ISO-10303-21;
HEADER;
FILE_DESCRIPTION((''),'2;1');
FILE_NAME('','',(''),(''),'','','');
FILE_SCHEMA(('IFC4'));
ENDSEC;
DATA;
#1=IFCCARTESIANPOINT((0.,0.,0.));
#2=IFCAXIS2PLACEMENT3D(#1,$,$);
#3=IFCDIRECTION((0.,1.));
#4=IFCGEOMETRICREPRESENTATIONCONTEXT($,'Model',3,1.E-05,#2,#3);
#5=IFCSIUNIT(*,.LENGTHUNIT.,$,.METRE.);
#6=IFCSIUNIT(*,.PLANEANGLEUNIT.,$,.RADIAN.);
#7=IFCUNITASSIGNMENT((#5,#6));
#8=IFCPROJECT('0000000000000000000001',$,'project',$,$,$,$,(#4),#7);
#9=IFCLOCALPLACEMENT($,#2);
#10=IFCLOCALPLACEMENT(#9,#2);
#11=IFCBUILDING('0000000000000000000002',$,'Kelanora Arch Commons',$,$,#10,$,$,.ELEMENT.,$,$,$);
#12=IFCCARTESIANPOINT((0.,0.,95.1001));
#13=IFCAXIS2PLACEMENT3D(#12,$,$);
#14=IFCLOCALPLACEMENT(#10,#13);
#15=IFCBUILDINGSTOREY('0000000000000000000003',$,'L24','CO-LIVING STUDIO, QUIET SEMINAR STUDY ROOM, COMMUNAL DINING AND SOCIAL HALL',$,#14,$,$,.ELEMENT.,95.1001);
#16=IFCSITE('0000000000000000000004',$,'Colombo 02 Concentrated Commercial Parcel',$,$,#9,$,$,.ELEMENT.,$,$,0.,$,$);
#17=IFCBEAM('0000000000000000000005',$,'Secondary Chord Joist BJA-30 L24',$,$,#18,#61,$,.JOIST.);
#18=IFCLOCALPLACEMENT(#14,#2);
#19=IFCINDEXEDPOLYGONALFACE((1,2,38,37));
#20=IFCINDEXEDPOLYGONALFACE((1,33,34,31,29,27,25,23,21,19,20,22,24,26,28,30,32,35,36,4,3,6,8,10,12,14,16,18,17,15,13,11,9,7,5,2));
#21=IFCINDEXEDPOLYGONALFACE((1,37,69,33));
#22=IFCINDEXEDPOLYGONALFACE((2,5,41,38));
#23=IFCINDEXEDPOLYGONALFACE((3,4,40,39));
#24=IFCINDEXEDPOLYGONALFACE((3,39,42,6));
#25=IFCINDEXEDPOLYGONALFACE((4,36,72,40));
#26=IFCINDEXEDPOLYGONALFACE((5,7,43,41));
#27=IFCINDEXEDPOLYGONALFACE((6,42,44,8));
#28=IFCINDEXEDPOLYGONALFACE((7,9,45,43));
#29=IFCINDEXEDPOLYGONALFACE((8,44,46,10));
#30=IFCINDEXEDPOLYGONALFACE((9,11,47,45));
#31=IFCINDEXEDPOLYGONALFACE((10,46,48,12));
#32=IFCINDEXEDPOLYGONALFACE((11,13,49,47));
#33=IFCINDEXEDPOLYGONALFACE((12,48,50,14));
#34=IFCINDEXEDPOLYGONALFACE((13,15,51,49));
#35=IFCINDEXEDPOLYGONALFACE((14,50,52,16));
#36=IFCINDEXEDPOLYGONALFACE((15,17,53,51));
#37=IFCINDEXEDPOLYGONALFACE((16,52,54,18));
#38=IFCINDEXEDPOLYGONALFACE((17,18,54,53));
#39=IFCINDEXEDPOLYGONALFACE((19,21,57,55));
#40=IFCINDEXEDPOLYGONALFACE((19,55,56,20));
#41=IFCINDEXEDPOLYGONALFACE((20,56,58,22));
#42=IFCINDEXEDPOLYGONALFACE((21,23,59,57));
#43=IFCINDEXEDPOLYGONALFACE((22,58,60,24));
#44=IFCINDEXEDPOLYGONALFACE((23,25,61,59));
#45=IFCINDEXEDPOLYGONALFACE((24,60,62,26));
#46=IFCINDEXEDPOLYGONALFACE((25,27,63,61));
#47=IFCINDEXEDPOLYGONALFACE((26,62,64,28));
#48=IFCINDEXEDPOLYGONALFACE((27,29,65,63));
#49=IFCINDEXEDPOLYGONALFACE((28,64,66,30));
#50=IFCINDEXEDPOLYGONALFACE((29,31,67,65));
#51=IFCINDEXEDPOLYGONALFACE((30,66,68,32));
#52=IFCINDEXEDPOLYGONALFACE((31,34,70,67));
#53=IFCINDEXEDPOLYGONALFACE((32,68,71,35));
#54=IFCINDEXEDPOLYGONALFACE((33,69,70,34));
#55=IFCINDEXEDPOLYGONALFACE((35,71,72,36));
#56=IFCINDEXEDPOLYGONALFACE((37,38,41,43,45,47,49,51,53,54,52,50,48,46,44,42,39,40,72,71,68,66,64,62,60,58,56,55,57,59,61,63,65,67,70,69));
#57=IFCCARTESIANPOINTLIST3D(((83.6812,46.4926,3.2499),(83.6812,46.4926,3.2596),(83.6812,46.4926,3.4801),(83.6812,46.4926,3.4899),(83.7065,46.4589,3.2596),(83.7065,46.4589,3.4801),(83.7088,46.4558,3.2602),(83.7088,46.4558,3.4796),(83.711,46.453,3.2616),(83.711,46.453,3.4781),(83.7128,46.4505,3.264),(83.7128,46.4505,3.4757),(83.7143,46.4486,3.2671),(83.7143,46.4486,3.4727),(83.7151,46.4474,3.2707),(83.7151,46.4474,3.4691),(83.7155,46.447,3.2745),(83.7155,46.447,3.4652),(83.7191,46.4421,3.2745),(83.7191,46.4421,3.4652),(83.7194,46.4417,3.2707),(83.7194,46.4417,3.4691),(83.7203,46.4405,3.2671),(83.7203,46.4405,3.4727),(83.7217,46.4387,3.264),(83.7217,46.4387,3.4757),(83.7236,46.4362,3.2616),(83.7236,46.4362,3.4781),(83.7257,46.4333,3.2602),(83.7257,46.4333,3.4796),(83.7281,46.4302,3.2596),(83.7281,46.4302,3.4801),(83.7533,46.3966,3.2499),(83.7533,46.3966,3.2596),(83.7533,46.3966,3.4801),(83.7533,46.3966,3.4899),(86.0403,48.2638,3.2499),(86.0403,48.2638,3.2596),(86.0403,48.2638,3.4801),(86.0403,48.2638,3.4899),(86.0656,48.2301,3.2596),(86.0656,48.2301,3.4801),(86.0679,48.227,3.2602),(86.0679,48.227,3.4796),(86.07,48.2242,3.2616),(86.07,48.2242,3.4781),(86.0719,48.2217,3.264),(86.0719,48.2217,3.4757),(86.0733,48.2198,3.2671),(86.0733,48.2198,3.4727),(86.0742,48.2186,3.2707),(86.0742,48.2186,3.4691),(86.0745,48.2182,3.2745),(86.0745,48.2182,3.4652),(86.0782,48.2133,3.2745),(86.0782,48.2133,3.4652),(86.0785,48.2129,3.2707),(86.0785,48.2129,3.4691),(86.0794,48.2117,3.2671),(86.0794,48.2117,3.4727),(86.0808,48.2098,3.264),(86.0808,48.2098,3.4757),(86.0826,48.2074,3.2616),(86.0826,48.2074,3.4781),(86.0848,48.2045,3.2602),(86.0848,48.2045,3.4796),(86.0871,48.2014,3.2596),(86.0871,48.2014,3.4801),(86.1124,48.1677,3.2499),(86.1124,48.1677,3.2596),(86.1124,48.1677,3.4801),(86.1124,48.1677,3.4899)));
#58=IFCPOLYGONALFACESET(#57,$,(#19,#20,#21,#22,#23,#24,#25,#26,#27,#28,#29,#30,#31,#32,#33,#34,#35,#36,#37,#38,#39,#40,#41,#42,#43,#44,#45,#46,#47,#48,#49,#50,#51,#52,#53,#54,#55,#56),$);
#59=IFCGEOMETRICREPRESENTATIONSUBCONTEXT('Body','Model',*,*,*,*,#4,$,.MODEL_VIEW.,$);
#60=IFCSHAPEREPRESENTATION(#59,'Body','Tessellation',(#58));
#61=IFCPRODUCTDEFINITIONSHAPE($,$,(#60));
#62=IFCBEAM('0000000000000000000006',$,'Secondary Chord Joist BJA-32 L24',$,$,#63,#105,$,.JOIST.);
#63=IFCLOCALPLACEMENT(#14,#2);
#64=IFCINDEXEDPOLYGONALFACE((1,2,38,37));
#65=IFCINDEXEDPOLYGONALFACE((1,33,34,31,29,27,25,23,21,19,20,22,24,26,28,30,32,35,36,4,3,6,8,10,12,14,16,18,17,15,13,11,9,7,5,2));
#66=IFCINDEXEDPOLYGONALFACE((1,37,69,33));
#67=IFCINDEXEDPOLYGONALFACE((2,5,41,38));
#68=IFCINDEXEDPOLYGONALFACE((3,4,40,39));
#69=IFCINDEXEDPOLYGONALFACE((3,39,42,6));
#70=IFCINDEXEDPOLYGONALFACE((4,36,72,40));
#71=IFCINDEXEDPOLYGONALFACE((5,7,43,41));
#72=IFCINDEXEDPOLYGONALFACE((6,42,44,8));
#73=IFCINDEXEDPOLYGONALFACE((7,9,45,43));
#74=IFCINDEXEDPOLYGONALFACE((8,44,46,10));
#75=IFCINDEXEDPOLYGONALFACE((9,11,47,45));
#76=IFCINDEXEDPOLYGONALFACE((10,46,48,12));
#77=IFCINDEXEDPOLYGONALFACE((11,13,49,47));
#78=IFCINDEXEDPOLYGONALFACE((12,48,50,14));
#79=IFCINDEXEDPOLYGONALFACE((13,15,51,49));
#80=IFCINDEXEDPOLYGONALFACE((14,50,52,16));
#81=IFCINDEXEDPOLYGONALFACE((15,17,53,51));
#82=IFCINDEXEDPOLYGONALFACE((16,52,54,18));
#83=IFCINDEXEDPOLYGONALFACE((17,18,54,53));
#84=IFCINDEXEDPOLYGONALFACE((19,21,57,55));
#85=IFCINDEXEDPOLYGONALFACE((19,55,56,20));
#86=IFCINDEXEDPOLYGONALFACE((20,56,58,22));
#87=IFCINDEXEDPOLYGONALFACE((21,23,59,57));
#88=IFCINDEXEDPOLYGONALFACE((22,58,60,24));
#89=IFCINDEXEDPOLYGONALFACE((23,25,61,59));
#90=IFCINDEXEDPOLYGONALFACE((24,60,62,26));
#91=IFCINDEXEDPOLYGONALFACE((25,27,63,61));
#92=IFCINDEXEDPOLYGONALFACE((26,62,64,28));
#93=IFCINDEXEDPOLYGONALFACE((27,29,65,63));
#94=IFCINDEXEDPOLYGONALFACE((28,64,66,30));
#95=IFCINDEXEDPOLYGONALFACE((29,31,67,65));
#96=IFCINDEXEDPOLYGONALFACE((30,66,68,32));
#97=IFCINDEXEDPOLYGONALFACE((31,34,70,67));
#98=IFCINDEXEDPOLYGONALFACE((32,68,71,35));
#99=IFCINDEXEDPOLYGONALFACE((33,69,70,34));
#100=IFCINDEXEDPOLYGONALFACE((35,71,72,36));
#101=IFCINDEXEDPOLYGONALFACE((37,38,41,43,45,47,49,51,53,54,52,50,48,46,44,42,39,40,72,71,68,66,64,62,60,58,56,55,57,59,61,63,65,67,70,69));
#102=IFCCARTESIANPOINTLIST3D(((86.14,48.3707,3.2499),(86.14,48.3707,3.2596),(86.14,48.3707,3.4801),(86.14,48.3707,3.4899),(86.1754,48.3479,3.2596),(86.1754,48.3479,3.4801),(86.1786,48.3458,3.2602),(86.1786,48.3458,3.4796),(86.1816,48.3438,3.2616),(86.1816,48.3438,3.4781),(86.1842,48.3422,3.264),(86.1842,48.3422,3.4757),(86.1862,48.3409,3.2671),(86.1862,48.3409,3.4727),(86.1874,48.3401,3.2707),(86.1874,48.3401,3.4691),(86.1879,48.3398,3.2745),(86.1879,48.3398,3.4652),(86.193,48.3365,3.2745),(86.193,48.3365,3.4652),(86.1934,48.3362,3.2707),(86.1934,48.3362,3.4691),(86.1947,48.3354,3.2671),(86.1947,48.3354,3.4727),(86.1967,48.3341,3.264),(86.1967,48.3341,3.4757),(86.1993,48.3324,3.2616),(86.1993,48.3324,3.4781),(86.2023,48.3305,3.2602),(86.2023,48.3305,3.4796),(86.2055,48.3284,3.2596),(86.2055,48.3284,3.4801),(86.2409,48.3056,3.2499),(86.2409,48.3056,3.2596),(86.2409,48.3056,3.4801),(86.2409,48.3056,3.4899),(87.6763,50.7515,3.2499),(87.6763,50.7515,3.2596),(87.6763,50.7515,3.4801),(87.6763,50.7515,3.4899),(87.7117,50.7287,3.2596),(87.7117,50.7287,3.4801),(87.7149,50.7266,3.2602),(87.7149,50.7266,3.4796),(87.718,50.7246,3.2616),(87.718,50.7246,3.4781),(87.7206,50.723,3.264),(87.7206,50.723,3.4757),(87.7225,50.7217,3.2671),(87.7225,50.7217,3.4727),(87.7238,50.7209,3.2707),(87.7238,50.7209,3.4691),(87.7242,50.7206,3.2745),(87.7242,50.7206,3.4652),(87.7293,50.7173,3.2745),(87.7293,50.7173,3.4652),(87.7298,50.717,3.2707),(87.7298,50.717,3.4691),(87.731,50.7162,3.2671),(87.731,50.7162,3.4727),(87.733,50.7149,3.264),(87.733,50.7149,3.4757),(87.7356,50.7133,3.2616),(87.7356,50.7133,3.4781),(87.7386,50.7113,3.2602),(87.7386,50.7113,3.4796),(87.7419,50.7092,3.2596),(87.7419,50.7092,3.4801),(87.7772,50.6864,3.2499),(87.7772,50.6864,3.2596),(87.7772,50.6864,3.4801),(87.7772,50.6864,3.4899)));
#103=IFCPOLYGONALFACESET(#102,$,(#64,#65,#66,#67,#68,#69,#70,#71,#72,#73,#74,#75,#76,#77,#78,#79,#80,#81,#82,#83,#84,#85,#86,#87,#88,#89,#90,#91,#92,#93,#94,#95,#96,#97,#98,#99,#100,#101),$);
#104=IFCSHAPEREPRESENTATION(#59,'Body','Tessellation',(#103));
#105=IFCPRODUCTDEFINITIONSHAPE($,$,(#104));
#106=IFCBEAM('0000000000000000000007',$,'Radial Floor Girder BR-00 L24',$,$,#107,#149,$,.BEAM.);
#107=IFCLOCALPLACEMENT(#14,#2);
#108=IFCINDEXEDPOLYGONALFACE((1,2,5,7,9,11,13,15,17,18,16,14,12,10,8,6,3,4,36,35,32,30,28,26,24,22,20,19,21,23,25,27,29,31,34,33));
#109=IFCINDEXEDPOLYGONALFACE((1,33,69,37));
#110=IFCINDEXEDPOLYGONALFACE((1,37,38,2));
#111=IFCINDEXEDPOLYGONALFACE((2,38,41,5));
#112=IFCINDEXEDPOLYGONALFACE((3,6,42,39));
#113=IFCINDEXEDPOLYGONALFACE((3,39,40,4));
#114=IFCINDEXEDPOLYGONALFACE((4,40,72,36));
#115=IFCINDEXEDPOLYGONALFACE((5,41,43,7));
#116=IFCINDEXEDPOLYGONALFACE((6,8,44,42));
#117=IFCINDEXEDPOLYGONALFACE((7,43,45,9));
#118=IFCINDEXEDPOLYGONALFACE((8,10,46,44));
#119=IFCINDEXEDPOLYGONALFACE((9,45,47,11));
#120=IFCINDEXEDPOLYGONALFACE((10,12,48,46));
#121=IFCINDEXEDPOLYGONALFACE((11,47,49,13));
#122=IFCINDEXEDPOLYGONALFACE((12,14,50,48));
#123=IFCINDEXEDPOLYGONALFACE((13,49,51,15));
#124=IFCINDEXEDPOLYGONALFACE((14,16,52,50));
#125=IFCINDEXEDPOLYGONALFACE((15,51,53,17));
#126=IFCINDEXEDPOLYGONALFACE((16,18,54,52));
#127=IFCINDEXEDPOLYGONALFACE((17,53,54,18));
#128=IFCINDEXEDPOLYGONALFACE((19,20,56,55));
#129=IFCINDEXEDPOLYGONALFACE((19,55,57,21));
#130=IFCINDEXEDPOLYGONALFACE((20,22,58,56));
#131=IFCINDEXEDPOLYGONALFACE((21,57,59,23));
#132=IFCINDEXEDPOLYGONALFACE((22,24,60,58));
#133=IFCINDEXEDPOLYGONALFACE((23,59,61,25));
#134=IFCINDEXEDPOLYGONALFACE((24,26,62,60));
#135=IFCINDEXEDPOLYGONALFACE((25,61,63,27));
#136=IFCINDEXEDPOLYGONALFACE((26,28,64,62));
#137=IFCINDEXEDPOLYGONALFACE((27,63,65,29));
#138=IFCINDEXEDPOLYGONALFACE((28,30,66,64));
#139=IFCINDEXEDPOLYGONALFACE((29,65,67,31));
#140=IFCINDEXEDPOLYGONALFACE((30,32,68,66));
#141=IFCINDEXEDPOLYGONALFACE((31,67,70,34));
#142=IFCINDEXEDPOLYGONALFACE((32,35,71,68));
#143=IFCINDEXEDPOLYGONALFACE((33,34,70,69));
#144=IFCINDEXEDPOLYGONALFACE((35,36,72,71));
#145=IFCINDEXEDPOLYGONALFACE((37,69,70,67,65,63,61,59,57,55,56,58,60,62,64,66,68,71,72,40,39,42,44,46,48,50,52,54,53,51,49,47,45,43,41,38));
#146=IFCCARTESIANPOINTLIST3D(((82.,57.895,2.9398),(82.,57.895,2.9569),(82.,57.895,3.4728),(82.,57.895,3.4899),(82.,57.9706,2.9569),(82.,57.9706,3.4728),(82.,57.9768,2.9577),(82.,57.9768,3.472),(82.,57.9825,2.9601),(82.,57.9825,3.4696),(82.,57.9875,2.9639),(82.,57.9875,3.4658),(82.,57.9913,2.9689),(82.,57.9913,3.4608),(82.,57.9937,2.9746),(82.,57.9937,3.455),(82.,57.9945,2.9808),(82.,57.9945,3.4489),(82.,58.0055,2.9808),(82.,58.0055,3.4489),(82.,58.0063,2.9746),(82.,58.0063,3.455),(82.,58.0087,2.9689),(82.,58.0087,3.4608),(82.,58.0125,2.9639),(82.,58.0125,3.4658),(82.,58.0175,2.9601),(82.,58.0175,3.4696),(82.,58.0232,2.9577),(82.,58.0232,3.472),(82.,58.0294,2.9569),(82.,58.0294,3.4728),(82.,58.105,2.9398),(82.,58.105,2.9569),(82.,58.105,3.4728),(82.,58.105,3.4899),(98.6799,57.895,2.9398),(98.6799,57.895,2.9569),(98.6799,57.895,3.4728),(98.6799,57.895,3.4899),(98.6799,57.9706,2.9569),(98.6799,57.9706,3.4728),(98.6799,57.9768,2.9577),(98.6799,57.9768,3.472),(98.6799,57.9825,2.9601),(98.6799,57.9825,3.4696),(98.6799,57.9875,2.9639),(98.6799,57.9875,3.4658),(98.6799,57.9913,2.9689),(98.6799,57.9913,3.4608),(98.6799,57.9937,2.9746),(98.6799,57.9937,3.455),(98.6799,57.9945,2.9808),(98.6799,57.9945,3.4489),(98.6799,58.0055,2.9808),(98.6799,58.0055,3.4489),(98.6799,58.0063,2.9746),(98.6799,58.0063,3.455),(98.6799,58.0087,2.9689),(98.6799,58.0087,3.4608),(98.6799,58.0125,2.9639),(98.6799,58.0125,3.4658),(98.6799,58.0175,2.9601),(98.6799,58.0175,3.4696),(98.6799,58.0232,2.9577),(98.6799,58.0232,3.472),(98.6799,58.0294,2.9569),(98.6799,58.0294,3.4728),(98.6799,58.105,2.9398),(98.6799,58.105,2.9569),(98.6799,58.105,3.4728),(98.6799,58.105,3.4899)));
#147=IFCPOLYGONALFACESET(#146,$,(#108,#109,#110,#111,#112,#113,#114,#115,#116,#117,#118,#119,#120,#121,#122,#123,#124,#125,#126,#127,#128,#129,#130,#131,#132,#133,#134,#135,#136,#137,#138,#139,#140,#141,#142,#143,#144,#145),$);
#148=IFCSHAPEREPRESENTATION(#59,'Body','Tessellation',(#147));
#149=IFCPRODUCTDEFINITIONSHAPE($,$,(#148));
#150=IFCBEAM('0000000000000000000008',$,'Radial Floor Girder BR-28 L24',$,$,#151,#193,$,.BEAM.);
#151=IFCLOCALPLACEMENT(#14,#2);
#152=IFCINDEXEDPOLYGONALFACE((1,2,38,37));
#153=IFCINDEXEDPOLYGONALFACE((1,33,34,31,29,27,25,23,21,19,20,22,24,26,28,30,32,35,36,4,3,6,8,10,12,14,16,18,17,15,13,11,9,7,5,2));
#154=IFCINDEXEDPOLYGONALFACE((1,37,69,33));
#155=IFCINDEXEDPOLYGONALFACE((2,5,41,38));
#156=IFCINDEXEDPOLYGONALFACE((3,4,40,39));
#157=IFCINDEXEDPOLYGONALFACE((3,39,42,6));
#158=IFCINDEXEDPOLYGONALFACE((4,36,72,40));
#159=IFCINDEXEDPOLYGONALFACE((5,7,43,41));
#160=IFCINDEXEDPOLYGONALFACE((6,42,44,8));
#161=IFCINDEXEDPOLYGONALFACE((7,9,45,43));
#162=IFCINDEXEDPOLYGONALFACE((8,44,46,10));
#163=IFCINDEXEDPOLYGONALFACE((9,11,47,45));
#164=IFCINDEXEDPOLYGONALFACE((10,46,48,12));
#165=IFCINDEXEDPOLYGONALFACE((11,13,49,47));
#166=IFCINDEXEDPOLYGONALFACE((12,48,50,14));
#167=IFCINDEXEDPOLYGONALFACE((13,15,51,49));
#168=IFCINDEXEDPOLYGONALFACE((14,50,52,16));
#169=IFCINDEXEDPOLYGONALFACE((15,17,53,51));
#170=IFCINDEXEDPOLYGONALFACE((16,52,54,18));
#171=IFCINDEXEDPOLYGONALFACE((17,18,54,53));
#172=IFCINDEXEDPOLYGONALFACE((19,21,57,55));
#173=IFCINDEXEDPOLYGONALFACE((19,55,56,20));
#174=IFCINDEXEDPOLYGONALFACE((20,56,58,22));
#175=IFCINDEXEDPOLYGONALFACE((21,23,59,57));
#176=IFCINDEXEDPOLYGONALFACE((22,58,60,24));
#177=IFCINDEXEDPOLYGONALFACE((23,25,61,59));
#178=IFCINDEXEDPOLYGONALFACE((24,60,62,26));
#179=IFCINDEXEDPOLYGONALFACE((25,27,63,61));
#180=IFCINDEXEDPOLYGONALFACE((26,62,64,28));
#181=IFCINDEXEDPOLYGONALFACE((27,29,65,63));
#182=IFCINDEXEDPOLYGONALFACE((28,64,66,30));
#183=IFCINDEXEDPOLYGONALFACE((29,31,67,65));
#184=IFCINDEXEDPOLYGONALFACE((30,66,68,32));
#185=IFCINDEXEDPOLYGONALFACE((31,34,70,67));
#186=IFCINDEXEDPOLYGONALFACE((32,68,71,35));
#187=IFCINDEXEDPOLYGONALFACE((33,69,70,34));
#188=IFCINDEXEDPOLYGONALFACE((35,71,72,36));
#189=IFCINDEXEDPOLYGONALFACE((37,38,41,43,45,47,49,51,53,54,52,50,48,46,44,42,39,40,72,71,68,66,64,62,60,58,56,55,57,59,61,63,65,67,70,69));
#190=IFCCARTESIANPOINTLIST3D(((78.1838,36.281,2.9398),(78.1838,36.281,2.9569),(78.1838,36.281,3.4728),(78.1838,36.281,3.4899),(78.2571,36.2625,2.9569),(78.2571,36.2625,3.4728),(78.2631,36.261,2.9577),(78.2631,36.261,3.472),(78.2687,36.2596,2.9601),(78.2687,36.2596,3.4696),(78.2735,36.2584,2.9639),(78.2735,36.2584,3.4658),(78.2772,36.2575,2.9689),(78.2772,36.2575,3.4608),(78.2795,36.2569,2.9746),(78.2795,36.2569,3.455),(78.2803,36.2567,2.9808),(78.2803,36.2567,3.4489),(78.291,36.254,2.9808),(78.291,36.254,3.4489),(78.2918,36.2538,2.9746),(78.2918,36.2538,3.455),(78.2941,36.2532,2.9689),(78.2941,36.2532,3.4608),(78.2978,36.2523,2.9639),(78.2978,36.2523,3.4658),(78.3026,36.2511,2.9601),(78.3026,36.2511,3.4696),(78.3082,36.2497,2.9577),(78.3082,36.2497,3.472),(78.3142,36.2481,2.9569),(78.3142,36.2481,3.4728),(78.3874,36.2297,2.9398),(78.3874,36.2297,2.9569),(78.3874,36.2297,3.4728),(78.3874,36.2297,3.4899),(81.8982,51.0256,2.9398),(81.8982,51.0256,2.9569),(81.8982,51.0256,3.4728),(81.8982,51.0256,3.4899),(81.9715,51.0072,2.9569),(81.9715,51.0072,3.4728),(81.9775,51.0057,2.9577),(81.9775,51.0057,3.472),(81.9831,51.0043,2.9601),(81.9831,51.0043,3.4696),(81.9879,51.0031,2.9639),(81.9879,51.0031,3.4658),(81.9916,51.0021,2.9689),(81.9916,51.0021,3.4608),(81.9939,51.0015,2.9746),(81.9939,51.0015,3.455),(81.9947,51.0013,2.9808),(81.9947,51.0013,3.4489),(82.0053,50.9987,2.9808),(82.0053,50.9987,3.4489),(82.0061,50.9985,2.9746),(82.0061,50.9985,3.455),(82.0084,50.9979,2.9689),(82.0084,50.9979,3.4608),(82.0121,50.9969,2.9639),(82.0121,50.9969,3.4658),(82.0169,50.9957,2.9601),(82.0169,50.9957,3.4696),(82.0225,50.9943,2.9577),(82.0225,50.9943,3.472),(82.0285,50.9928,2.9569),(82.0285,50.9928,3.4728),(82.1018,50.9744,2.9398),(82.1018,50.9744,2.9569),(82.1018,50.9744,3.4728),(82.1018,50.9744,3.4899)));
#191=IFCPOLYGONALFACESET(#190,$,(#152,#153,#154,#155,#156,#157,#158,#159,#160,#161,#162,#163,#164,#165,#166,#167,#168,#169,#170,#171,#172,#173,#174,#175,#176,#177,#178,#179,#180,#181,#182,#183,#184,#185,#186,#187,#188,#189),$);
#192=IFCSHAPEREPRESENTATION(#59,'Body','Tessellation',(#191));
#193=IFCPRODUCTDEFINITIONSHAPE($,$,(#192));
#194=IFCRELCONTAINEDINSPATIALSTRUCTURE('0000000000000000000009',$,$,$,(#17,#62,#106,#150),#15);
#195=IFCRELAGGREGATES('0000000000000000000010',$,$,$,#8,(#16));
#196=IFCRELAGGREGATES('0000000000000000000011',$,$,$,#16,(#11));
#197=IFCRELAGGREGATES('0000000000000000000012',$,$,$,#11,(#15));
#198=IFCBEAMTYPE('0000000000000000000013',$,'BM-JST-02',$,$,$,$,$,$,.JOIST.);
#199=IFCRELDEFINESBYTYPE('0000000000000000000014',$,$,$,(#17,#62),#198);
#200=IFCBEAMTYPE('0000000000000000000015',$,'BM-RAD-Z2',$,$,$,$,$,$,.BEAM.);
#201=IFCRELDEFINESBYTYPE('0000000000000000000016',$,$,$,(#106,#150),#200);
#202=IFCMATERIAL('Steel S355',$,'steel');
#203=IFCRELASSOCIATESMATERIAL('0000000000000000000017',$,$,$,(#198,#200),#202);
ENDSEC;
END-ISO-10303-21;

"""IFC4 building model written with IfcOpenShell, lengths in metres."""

from ifc_helpers import new_model, si_unit, direction, frame, origin, origin_2d, place, context, subcontext, project, spatial, i_section, extrude, material, material_profile, profile_set, type_object, element, save


model = new_model("IFC4")

# Units and contexts
model_context = context("Model", 3, precision=1e-05, world=origin(), true_north=direction((0.0, 1.0)))
body_context = subcontext(model_context, "Body", "Model", "MODEL_VIEW")
ifc_project = project(units=[si_unit("LENGTHUNIT", "METRE"), si_unit("PLANEANGLEUNIT", "RADIAN")], contexts=[model_context])

# Site, building, storey
site_placement = place(None, origin())
site = spatial("IfcSite", under=ifc_project, at=site_placement, Name="Colombo 02 Concentrated Commercial Parcel", CompositionType="ELEMENT", RefElevation=0.0)
building_placement = place(site_placement, origin())
building = spatial("IfcBuilding", under=site, at=building_placement, Name="Kelanora Arch Commons", CompositionType="ELEMENT")
storey_placement = place(building_placement, frame((0.0, 0.0, 95.1001)))
storey = spatial("IfcBuildingStorey", under=building, at=storey_placement, Name="L24", Description="CO-LIVING STUDIO, QUIET SEMINAR STUDY ROOM, COMMUNAL DINING AND SOCIAL HALL", CompositionType="ELEMENT", Elevation=95.1001)

# Beams
ifc_material_1 = material(Name="Steel S355", Category="steel")
ifc_material_profile_1 = material_profile(ifc_material_1, i_section(OverallWidth=0.1201, OverallDepth=0.24, WebThickness=0.0061, FlangeThickness=0.0098, FilletRadius=0.0149, at=origin_2d()), Name="IPE240")
ifc_profile_set_1 = profile_set([ifc_material_profile_1], Name="Steel S355")
beam_type_1 = type_object("IfcBeamType", Name="BM-JST-02", PredefinedType="JOIST", material=ifc_profile_set_1)
beam_1_placement = place(storey_placement, frame((83.7173, 46.4446, 3.3699), z_axis=(0.799692, 0.60041, 0.0), x_axis=(-0.60041, 0.799692, 0.0)))
element("IfcBeam", 1, at=beam_1_placement, inside=storey, type_object=beam_type_1, Name="Secondary Chord Joist BJA-30 L24", PredefinedType="JOIST", context=body_context, shape_type="SweptSolid", body=[
    extrude(i_section(OverallWidth=0.1201, OverallDepth=0.24, WebThickness=0.0061, FlangeThickness=0.0098, FilletRadius=0.0149, at=origin_2d()), origin(), (0.0, 0.0, 1.0), 2.95),
])
beam_2_placement = place(storey_placement, frame((86.1904, 48.3381, 3.3699), z_axis=(0.542211, 0.840242, 0.0), x_axis=(-0.840242, 0.542211, 0.0)))
element("IfcBeam", 2, at=beam_2_placement, inside=storey, type_object=beam_type_1, Name="Secondary Chord Joist BJA-32 L24", PredefinedType="JOIST", context=body_context, shape_type="SweptSolid", body=[
    extrude(i_section(OverallWidth=0.1201, OverallDepth=0.24, WebThickness=0.0061, FlangeThickness=0.0098, FilletRadius=0.0149, at=origin_2d()), origin(), (0.0, 0.0, 1.0), 2.8335),
])
ifc_material_profile_2 = material_profile(ifc_material_1, i_section(OverallWidth=0.21, OverallDepth=0.55, WebThickness=0.011, FlangeThickness=0.0171, FilletRadius=0.0239, at=origin_2d()), Name="IPE550")
ifc_profile_set_2 = profile_set([ifc_material_profile_2], Name="Steel S355")
beam_type_2 = type_object("IfcBeamType", Name="BM-RAD-Z2", PredefinedType="BEAM", material=ifc_profile_set_2)
beam_3_placement = place(storey_placement, frame((82.0, 58.0, 3.2148), z_axis=(1.0, 0.0, 0.0), x_axis=(0.0, 1.0, 0.0)))
element("IfcBeam", 3, at=beam_3_placement, inside=storey, type_object=beam_type_2, Name="Radial Floor Girder BR-00 L24", PredefinedType="BEAM", context=body_context, shape_type="SweptSolid", body=[
    extrude(i_section(OverallWidth=0.21, OverallDepth=0.55, WebThickness=0.011, FlangeThickness=0.0171, FilletRadius=0.0239, at=origin_2d()), origin(), (0.0, 0.0, 1.0), 16.6799),
])
beam_4_placement = place(storey_placement, frame((82.0, 51.0, 3.2148), z_axis=(-0.244281, -0.969705, 0.0), x_axis=(0.969705, -0.244281, 0.0)))
element("IfcBeam", 4, at=beam_4_placement, inside=storey, type_object=beam_type_2, Name="Radial Floor Girder BR-28 L24", PredefinedType="BEAM", context=body_context, shape_type="SweptSolid", body=[
    extrude(i_section(OverallWidth=0.21, OverallDepth=0.55, WebThickness=0.011, FlangeThickness=0.0171, FilletRadius=0.0239, at=origin_2d()), origin(), (0.0, 0.0, 1.0), 15.2053),
])

save(model, "model.ifc")
